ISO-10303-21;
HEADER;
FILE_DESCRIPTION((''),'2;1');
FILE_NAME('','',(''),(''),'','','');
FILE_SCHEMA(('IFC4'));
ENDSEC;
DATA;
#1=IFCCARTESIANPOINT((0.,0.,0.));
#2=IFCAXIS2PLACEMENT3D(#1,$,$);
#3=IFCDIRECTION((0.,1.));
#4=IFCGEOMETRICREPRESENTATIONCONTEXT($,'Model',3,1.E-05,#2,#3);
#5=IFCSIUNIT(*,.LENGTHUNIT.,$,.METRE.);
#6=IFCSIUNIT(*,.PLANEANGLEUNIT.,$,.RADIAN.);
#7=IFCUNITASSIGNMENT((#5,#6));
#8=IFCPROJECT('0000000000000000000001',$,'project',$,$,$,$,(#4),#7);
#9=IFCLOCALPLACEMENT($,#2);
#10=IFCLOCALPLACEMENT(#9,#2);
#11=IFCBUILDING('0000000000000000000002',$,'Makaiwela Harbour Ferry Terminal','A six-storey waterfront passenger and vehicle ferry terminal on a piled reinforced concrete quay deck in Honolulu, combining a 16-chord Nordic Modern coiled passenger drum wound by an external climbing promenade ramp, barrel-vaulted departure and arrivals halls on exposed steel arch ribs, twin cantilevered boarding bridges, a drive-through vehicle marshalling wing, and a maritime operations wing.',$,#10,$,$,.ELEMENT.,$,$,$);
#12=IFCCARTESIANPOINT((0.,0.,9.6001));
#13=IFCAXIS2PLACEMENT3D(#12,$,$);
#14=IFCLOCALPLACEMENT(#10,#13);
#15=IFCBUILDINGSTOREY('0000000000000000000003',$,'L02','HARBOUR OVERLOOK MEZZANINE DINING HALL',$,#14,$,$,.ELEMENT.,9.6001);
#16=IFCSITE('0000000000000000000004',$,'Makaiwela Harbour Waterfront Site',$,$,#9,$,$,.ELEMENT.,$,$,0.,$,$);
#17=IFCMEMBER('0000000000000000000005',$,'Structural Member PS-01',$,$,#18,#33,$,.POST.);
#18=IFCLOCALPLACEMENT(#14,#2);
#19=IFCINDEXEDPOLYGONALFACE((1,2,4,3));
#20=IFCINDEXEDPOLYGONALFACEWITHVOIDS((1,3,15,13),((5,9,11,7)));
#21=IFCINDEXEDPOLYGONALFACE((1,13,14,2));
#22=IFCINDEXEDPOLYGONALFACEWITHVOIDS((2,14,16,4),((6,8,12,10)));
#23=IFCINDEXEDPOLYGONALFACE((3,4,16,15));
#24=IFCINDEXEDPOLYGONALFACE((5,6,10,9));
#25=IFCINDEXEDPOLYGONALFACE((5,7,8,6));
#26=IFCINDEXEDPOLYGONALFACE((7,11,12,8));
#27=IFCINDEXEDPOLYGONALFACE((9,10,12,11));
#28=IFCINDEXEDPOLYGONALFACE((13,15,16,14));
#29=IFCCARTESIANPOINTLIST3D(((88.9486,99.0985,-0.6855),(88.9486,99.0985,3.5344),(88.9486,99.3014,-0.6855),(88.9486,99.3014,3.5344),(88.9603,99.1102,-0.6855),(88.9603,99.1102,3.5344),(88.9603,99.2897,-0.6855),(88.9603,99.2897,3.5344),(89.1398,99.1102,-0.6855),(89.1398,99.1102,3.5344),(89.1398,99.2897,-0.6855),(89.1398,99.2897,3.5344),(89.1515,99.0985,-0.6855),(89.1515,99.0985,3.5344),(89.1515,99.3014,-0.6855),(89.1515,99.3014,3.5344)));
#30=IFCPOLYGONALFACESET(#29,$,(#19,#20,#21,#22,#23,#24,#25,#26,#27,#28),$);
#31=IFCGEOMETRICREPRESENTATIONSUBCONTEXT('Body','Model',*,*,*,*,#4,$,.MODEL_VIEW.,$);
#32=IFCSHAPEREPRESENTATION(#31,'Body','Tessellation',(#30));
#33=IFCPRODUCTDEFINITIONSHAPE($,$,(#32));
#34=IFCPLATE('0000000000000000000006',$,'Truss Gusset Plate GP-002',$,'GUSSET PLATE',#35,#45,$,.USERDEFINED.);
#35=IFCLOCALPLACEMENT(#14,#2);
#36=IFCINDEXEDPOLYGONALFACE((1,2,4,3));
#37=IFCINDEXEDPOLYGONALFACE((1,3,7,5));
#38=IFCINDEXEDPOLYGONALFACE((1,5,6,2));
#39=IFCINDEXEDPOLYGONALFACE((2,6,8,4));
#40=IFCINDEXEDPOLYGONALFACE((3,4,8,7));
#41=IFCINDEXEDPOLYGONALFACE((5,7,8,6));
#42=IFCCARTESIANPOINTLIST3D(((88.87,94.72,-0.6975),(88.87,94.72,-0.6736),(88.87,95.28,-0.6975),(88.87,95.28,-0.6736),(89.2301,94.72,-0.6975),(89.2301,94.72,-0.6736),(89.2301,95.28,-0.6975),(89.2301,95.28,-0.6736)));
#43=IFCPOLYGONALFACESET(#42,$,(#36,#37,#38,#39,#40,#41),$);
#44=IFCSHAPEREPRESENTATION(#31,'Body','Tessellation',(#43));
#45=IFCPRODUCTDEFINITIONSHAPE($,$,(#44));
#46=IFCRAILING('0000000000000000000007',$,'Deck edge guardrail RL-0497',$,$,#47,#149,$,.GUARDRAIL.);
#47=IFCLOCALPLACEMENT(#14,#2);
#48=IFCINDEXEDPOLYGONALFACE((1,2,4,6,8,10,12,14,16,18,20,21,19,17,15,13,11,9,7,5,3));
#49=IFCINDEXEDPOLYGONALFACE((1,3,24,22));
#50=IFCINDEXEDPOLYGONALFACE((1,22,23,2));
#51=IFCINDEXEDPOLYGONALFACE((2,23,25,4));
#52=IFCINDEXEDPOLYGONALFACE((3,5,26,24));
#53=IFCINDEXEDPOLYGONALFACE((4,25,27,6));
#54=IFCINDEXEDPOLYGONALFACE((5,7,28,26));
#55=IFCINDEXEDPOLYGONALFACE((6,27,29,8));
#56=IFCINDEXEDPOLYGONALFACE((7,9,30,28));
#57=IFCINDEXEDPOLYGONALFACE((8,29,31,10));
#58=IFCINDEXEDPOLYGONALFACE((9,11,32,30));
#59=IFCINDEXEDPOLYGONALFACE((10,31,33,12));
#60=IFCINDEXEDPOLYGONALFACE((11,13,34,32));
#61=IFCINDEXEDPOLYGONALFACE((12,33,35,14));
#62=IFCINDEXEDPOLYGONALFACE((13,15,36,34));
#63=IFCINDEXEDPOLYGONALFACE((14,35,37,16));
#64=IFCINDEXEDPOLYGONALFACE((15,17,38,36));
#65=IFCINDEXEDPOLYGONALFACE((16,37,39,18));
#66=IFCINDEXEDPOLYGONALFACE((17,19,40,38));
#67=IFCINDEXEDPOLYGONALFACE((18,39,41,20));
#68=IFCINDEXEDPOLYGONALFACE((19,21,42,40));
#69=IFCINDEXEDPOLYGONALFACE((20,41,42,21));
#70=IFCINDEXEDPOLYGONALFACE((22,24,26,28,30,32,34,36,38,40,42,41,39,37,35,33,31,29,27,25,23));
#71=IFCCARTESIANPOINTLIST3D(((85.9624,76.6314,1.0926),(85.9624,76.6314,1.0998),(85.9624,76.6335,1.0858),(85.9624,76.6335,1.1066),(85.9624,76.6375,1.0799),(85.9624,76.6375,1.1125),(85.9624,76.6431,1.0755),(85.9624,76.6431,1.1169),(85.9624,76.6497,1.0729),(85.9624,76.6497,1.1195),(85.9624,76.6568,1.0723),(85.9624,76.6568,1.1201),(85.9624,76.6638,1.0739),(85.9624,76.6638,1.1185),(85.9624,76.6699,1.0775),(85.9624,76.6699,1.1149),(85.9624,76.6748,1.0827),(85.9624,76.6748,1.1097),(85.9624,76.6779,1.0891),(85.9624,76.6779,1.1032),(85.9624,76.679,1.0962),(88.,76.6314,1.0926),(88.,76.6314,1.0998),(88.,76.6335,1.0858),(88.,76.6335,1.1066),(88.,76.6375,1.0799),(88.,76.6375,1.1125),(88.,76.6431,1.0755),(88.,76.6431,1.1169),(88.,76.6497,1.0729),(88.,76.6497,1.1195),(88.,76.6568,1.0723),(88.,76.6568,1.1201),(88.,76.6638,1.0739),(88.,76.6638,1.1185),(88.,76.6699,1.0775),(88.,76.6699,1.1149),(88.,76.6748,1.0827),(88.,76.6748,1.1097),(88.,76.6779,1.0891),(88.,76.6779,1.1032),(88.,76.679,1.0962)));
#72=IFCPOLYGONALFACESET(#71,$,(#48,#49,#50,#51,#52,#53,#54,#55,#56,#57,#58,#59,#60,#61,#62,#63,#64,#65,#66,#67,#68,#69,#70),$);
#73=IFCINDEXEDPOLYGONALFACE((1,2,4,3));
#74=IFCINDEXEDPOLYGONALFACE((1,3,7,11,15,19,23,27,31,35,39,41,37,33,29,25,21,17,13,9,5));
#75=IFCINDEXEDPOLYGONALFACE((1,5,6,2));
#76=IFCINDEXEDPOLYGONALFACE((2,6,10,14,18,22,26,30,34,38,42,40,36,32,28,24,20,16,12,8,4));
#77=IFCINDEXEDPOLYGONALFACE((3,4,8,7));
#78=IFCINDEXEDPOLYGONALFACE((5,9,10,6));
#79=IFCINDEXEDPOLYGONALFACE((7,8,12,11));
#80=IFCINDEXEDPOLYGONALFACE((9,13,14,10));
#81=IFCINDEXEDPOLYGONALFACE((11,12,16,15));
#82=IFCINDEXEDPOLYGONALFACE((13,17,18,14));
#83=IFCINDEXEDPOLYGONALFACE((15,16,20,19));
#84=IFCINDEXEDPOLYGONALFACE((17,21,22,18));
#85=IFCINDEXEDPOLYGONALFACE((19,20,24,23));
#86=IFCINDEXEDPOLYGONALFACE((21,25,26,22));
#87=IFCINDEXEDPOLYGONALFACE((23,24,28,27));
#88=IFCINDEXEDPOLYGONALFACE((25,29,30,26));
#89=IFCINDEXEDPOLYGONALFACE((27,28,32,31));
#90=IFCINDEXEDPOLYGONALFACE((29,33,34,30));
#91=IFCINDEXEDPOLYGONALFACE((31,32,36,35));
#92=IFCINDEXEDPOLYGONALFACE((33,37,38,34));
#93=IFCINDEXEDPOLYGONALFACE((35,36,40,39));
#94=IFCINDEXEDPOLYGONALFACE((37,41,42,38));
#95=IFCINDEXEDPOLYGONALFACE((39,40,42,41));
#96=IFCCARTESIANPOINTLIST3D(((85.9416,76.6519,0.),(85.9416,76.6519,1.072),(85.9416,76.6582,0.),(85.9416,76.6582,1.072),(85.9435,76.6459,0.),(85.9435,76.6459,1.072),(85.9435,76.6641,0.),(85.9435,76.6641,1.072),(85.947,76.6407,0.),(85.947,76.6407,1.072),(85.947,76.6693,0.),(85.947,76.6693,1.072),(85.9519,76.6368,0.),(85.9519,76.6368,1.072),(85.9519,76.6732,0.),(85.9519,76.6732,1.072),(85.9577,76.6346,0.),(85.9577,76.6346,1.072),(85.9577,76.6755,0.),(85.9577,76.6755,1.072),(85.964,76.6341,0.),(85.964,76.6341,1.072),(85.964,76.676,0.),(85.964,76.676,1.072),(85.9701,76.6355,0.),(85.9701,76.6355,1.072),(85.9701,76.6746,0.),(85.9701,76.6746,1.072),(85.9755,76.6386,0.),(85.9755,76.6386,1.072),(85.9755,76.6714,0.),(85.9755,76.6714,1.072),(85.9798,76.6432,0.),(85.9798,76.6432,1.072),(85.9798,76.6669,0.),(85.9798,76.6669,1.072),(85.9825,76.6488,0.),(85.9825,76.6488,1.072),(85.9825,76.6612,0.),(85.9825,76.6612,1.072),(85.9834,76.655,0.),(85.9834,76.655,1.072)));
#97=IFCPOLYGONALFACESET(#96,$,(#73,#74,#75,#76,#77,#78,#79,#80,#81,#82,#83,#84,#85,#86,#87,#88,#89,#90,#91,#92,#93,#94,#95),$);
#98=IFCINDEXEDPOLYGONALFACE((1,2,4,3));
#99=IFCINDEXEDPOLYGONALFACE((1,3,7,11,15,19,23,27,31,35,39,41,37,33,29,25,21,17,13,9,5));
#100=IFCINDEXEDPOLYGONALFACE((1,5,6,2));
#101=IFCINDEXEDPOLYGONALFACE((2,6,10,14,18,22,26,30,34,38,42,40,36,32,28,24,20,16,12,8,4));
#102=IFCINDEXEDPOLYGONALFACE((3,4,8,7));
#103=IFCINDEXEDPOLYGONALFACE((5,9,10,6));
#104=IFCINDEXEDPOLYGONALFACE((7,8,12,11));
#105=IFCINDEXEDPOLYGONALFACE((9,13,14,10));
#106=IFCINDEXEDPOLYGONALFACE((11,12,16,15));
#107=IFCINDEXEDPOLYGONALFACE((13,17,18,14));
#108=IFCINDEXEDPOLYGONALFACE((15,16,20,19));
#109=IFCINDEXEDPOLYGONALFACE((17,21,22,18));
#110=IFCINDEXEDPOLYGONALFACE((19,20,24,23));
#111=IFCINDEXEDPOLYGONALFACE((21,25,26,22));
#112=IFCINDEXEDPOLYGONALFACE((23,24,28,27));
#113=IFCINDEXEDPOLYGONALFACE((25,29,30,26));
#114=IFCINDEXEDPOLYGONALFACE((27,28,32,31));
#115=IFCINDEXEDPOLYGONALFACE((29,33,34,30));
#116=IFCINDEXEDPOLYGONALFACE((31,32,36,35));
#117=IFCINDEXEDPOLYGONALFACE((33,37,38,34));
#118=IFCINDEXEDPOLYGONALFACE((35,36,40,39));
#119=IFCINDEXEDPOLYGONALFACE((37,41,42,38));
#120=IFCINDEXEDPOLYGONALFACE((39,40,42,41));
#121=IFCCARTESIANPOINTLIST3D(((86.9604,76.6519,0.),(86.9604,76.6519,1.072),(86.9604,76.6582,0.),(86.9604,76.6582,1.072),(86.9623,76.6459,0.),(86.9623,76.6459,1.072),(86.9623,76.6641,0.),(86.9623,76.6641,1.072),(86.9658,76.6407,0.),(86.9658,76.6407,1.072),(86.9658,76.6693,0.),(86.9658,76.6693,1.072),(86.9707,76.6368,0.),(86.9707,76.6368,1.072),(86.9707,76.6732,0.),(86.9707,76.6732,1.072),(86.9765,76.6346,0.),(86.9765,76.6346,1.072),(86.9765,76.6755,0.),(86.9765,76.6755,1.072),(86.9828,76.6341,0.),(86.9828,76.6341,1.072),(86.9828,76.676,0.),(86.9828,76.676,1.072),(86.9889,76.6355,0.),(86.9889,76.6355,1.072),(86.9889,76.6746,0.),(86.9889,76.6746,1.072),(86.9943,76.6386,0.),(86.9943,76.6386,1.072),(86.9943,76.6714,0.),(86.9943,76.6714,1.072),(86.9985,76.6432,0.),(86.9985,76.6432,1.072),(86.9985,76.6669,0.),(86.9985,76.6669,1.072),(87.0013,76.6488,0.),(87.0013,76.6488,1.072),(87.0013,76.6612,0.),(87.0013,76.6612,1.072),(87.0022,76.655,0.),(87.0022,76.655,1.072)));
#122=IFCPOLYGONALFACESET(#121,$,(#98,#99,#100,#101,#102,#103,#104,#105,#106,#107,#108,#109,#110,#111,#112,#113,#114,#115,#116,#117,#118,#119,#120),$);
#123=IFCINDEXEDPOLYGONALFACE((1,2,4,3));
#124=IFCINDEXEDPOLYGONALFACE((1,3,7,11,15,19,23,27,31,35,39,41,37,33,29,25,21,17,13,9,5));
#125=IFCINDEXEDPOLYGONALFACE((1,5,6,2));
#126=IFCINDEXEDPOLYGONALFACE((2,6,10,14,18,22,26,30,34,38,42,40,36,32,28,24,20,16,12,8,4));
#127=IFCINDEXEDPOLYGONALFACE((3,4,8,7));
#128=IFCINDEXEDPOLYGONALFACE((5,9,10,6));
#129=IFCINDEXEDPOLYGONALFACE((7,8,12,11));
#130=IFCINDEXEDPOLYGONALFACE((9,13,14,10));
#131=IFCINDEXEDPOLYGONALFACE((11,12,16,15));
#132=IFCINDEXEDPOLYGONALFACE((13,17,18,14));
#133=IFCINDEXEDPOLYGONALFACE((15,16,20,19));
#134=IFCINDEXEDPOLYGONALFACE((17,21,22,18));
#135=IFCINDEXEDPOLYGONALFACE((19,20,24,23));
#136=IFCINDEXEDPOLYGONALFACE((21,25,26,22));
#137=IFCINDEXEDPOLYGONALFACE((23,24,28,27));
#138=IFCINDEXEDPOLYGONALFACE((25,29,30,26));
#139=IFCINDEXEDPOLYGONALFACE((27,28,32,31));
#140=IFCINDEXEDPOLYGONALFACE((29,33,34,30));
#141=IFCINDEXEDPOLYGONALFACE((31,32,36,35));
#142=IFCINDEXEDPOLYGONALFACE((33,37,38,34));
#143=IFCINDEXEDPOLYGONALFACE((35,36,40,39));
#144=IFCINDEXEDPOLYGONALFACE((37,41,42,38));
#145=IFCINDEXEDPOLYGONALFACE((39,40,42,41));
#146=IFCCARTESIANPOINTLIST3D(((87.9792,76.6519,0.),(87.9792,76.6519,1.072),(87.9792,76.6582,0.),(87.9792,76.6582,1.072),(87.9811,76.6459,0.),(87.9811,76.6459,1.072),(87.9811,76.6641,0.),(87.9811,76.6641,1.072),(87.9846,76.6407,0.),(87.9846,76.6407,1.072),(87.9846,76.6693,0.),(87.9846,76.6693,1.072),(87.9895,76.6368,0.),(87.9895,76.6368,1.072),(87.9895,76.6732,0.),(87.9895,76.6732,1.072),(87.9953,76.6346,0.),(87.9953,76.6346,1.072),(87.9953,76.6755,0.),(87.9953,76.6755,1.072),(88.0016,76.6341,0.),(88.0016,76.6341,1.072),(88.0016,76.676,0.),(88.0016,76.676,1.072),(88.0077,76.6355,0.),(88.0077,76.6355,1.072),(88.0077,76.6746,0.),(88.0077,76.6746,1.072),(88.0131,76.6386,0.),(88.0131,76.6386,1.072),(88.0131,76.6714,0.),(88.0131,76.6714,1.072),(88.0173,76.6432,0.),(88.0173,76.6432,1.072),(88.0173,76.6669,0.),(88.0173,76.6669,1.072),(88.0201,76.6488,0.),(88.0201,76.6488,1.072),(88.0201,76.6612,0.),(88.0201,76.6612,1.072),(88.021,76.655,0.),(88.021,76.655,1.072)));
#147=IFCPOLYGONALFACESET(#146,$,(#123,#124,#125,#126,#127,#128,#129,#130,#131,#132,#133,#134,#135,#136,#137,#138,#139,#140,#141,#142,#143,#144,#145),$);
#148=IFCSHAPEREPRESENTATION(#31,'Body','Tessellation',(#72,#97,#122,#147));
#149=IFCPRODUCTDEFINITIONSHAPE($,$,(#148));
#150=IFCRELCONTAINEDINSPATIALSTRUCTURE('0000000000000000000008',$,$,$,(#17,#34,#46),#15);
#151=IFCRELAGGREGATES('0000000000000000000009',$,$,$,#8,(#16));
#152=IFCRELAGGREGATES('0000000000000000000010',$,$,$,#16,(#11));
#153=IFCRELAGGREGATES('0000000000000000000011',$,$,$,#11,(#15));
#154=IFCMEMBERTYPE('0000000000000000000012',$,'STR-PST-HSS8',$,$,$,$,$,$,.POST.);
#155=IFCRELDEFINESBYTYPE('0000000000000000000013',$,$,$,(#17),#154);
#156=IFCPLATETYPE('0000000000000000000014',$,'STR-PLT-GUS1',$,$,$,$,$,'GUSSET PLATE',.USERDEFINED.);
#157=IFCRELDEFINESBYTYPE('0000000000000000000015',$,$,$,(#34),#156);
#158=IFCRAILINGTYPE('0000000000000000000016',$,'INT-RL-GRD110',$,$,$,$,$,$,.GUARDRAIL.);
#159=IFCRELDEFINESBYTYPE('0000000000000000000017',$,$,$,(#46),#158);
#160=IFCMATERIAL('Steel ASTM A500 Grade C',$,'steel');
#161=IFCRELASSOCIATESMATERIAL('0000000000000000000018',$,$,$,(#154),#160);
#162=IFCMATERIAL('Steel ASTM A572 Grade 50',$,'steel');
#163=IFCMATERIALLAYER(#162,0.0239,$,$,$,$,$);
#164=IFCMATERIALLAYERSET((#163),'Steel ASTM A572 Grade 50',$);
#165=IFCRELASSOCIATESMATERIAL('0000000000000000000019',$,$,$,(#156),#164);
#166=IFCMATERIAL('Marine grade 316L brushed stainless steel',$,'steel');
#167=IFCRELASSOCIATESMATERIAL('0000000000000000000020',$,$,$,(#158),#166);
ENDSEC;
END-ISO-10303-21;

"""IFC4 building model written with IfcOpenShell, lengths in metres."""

from ifc_helpers import new_model, si_unit, direction, frame, origin, origin_2d, place, context, subcontext, project, spatial, rectangle, hollow_rectangle, circle, extrude, material, layer, layer_set, material_profile, profile_set, type_object, element, save


model = new_model("IFC4")

# Units and contexts
model_context = context("Model", 3, precision=1e-05, world=origin(), true_north=direction((0.0, 1.0)))
body_context = subcontext(model_context, "Body", "Model", "MODEL_VIEW")
ifc_project = project(units=[si_unit("LENGTHUNIT", "METRE"), si_unit("PLANEANGLEUNIT", "RADIAN")], contexts=[model_context])

# Site, building, storey
site_placement = place(None, origin())
site = spatial("IfcSite", under=ifc_project, at=site_placement, Name="Makaiwela Harbour Waterfront Site", CompositionType="ELEMENT", RefElevation=0.0)
building_placement = place(site_placement, origin())
building = spatial("IfcBuilding", under=site, at=building_placement, Name="Makaiwela Harbour Ferry Terminal", Description="A six-storey waterfront passenger and vehicle ferry terminal on a piled reinforced concrete quay deck in Honolulu, combining a 16-chord Nordic Modern coiled passenger drum wound by an external climbing promenade ramp, barrel-vaulted departure and arrivals halls on exposed steel arch ribs, twin cantilevered boarding bridges, a drive-through vehicle marshalling wing, and a maritime operations wing.", CompositionType="ELEMENT")
storey_placement = place(building_placement, frame((0.0, 0.0, 9.6001)))
storey = spatial("IfcBuildingStorey", under=building, at=storey_placement, Name="L02", Description="HARBOUR OVERLOOK MEZZANINE DINING HALL", CompositionType="ELEMENT", Elevation=9.6001)

# Shared definitions
ifc_material_1 = material(Name="Steel ASTM A500 Grade C", Category="steel")

# Member
ifc_material_profile_1 = material_profile(ifc_material_1, hollow_rectangle(XDim=0.2029, YDim=0.2029, WallThickness=0.0117, at=origin_2d()), Name="HSS8X8X1/2")
ifc_profile_set_1 = profile_set([ifc_material_profile_1], Name="Steel ASTM A500 Grade C")
member_type_1 = type_object("IfcMemberType", Name="STR-PST-HSS8", PredefinedType="POST", material=ifc_profile_set_1)
for number, where, z_axis, x_axis, name in (
    (1, (89.05, 99.2, -0.6855), (0.0, 0.0, 1.0), (1.0, 0.0, 0.0), "Structural Member PS-01"),
):
    element("IfcMember", number, at=place(storey_placement, frame(where, z_axis=z_axis, x_axis=x_axis)), inside=storey, type_object=member_type_1, Name=name, PredefinedType="POST", context=body_context, shape_type="SweptSolid", body=[
        extrude(hollow_rectangle(XDim=0.2029, YDim=0.2029, WallThickness=0.0117, at=origin_2d()), origin(), (0.0, 0.0, 1.0), 4.22),
    ])

# Plate
ifc_material_2 = material(Name="Steel ASTM A572 Grade 50", Category="steel")
ifc_layer = layer(ifc_material_2, 0.0239)
ifc_layer_set = layer_set([ifc_layer], Name="Steel ASTM A572 Grade 50")
plate_type = type_object("IfcPlateType", Name="STR-PLT-GUS1", ElementType="GUSSET PLATE", PredefinedType="USERDEFINED", material=ifc_layer_set)
plate_placement = place(storey_placement, frame((89.05, 95.0, -0.6975), z_axis=(0.0, 0.0, 1.0), x_axis=(0.0, 1.0, 0.0)))
element("IfcPlate", 2, at=plate_placement, inside=storey, type_object=plate_type, Name="Truss Gusset Plate GP-002", ObjectType="GUSSET PLATE", PredefinedType="USERDEFINED", context=body_context, shape_type="SweptSolid", body=[
    extrude(rectangle(XDim=0.5601, YDim=0.3601, at=origin_2d()), origin(), (0.0, 0.0, 1.0), 0.0239),
])

# Railing
ifc_material_3 = material(Name="Marine grade 316L brushed stainless steel", Category="steel")
railing_type = type_object("IfcRailingType", Name="INT-RL-GRD110", PredefinedType="GUARDRAIL", material=ifc_material_3)
railing_1_placement = place(storey_placement, frame((85.9624, 76.655, 0.0)))
element("IfcRailing", 3, at=railing_1_placement, inside=storey, type_object=railing_type, Name="Deck edge guardrail RL-0497", PredefinedType="GUARDRAIL", context=body_context, shape_type="SweptSolid", body=[
    extrude(circle(Radius=0.0239, at=origin_2d()), frame((0.0, 0.0, 1.0962), z_axis=(1.0, 0.0, 0.0), x_axis=(0.0, 1.0, 0.0)), (0.0, 0.0, 1.0), 2.0376),
    extrude(circle(Radius=0.021, at=origin_2d()), origin(), (0.0, 0.0, 1.0), 1.072),
    extrude(circle(Radius=0.021, at=origin_2d()), frame((1.0188, 0.0, 0.0)), (0.0, 0.0, 1.0), 1.072),
    extrude(circle(Radius=0.021, at=origin_2d()), frame((2.0376, 0.0, 0.0)), (0.0, 0.0, 1.0), 1.072),
])

save(model, "model.ifc")
